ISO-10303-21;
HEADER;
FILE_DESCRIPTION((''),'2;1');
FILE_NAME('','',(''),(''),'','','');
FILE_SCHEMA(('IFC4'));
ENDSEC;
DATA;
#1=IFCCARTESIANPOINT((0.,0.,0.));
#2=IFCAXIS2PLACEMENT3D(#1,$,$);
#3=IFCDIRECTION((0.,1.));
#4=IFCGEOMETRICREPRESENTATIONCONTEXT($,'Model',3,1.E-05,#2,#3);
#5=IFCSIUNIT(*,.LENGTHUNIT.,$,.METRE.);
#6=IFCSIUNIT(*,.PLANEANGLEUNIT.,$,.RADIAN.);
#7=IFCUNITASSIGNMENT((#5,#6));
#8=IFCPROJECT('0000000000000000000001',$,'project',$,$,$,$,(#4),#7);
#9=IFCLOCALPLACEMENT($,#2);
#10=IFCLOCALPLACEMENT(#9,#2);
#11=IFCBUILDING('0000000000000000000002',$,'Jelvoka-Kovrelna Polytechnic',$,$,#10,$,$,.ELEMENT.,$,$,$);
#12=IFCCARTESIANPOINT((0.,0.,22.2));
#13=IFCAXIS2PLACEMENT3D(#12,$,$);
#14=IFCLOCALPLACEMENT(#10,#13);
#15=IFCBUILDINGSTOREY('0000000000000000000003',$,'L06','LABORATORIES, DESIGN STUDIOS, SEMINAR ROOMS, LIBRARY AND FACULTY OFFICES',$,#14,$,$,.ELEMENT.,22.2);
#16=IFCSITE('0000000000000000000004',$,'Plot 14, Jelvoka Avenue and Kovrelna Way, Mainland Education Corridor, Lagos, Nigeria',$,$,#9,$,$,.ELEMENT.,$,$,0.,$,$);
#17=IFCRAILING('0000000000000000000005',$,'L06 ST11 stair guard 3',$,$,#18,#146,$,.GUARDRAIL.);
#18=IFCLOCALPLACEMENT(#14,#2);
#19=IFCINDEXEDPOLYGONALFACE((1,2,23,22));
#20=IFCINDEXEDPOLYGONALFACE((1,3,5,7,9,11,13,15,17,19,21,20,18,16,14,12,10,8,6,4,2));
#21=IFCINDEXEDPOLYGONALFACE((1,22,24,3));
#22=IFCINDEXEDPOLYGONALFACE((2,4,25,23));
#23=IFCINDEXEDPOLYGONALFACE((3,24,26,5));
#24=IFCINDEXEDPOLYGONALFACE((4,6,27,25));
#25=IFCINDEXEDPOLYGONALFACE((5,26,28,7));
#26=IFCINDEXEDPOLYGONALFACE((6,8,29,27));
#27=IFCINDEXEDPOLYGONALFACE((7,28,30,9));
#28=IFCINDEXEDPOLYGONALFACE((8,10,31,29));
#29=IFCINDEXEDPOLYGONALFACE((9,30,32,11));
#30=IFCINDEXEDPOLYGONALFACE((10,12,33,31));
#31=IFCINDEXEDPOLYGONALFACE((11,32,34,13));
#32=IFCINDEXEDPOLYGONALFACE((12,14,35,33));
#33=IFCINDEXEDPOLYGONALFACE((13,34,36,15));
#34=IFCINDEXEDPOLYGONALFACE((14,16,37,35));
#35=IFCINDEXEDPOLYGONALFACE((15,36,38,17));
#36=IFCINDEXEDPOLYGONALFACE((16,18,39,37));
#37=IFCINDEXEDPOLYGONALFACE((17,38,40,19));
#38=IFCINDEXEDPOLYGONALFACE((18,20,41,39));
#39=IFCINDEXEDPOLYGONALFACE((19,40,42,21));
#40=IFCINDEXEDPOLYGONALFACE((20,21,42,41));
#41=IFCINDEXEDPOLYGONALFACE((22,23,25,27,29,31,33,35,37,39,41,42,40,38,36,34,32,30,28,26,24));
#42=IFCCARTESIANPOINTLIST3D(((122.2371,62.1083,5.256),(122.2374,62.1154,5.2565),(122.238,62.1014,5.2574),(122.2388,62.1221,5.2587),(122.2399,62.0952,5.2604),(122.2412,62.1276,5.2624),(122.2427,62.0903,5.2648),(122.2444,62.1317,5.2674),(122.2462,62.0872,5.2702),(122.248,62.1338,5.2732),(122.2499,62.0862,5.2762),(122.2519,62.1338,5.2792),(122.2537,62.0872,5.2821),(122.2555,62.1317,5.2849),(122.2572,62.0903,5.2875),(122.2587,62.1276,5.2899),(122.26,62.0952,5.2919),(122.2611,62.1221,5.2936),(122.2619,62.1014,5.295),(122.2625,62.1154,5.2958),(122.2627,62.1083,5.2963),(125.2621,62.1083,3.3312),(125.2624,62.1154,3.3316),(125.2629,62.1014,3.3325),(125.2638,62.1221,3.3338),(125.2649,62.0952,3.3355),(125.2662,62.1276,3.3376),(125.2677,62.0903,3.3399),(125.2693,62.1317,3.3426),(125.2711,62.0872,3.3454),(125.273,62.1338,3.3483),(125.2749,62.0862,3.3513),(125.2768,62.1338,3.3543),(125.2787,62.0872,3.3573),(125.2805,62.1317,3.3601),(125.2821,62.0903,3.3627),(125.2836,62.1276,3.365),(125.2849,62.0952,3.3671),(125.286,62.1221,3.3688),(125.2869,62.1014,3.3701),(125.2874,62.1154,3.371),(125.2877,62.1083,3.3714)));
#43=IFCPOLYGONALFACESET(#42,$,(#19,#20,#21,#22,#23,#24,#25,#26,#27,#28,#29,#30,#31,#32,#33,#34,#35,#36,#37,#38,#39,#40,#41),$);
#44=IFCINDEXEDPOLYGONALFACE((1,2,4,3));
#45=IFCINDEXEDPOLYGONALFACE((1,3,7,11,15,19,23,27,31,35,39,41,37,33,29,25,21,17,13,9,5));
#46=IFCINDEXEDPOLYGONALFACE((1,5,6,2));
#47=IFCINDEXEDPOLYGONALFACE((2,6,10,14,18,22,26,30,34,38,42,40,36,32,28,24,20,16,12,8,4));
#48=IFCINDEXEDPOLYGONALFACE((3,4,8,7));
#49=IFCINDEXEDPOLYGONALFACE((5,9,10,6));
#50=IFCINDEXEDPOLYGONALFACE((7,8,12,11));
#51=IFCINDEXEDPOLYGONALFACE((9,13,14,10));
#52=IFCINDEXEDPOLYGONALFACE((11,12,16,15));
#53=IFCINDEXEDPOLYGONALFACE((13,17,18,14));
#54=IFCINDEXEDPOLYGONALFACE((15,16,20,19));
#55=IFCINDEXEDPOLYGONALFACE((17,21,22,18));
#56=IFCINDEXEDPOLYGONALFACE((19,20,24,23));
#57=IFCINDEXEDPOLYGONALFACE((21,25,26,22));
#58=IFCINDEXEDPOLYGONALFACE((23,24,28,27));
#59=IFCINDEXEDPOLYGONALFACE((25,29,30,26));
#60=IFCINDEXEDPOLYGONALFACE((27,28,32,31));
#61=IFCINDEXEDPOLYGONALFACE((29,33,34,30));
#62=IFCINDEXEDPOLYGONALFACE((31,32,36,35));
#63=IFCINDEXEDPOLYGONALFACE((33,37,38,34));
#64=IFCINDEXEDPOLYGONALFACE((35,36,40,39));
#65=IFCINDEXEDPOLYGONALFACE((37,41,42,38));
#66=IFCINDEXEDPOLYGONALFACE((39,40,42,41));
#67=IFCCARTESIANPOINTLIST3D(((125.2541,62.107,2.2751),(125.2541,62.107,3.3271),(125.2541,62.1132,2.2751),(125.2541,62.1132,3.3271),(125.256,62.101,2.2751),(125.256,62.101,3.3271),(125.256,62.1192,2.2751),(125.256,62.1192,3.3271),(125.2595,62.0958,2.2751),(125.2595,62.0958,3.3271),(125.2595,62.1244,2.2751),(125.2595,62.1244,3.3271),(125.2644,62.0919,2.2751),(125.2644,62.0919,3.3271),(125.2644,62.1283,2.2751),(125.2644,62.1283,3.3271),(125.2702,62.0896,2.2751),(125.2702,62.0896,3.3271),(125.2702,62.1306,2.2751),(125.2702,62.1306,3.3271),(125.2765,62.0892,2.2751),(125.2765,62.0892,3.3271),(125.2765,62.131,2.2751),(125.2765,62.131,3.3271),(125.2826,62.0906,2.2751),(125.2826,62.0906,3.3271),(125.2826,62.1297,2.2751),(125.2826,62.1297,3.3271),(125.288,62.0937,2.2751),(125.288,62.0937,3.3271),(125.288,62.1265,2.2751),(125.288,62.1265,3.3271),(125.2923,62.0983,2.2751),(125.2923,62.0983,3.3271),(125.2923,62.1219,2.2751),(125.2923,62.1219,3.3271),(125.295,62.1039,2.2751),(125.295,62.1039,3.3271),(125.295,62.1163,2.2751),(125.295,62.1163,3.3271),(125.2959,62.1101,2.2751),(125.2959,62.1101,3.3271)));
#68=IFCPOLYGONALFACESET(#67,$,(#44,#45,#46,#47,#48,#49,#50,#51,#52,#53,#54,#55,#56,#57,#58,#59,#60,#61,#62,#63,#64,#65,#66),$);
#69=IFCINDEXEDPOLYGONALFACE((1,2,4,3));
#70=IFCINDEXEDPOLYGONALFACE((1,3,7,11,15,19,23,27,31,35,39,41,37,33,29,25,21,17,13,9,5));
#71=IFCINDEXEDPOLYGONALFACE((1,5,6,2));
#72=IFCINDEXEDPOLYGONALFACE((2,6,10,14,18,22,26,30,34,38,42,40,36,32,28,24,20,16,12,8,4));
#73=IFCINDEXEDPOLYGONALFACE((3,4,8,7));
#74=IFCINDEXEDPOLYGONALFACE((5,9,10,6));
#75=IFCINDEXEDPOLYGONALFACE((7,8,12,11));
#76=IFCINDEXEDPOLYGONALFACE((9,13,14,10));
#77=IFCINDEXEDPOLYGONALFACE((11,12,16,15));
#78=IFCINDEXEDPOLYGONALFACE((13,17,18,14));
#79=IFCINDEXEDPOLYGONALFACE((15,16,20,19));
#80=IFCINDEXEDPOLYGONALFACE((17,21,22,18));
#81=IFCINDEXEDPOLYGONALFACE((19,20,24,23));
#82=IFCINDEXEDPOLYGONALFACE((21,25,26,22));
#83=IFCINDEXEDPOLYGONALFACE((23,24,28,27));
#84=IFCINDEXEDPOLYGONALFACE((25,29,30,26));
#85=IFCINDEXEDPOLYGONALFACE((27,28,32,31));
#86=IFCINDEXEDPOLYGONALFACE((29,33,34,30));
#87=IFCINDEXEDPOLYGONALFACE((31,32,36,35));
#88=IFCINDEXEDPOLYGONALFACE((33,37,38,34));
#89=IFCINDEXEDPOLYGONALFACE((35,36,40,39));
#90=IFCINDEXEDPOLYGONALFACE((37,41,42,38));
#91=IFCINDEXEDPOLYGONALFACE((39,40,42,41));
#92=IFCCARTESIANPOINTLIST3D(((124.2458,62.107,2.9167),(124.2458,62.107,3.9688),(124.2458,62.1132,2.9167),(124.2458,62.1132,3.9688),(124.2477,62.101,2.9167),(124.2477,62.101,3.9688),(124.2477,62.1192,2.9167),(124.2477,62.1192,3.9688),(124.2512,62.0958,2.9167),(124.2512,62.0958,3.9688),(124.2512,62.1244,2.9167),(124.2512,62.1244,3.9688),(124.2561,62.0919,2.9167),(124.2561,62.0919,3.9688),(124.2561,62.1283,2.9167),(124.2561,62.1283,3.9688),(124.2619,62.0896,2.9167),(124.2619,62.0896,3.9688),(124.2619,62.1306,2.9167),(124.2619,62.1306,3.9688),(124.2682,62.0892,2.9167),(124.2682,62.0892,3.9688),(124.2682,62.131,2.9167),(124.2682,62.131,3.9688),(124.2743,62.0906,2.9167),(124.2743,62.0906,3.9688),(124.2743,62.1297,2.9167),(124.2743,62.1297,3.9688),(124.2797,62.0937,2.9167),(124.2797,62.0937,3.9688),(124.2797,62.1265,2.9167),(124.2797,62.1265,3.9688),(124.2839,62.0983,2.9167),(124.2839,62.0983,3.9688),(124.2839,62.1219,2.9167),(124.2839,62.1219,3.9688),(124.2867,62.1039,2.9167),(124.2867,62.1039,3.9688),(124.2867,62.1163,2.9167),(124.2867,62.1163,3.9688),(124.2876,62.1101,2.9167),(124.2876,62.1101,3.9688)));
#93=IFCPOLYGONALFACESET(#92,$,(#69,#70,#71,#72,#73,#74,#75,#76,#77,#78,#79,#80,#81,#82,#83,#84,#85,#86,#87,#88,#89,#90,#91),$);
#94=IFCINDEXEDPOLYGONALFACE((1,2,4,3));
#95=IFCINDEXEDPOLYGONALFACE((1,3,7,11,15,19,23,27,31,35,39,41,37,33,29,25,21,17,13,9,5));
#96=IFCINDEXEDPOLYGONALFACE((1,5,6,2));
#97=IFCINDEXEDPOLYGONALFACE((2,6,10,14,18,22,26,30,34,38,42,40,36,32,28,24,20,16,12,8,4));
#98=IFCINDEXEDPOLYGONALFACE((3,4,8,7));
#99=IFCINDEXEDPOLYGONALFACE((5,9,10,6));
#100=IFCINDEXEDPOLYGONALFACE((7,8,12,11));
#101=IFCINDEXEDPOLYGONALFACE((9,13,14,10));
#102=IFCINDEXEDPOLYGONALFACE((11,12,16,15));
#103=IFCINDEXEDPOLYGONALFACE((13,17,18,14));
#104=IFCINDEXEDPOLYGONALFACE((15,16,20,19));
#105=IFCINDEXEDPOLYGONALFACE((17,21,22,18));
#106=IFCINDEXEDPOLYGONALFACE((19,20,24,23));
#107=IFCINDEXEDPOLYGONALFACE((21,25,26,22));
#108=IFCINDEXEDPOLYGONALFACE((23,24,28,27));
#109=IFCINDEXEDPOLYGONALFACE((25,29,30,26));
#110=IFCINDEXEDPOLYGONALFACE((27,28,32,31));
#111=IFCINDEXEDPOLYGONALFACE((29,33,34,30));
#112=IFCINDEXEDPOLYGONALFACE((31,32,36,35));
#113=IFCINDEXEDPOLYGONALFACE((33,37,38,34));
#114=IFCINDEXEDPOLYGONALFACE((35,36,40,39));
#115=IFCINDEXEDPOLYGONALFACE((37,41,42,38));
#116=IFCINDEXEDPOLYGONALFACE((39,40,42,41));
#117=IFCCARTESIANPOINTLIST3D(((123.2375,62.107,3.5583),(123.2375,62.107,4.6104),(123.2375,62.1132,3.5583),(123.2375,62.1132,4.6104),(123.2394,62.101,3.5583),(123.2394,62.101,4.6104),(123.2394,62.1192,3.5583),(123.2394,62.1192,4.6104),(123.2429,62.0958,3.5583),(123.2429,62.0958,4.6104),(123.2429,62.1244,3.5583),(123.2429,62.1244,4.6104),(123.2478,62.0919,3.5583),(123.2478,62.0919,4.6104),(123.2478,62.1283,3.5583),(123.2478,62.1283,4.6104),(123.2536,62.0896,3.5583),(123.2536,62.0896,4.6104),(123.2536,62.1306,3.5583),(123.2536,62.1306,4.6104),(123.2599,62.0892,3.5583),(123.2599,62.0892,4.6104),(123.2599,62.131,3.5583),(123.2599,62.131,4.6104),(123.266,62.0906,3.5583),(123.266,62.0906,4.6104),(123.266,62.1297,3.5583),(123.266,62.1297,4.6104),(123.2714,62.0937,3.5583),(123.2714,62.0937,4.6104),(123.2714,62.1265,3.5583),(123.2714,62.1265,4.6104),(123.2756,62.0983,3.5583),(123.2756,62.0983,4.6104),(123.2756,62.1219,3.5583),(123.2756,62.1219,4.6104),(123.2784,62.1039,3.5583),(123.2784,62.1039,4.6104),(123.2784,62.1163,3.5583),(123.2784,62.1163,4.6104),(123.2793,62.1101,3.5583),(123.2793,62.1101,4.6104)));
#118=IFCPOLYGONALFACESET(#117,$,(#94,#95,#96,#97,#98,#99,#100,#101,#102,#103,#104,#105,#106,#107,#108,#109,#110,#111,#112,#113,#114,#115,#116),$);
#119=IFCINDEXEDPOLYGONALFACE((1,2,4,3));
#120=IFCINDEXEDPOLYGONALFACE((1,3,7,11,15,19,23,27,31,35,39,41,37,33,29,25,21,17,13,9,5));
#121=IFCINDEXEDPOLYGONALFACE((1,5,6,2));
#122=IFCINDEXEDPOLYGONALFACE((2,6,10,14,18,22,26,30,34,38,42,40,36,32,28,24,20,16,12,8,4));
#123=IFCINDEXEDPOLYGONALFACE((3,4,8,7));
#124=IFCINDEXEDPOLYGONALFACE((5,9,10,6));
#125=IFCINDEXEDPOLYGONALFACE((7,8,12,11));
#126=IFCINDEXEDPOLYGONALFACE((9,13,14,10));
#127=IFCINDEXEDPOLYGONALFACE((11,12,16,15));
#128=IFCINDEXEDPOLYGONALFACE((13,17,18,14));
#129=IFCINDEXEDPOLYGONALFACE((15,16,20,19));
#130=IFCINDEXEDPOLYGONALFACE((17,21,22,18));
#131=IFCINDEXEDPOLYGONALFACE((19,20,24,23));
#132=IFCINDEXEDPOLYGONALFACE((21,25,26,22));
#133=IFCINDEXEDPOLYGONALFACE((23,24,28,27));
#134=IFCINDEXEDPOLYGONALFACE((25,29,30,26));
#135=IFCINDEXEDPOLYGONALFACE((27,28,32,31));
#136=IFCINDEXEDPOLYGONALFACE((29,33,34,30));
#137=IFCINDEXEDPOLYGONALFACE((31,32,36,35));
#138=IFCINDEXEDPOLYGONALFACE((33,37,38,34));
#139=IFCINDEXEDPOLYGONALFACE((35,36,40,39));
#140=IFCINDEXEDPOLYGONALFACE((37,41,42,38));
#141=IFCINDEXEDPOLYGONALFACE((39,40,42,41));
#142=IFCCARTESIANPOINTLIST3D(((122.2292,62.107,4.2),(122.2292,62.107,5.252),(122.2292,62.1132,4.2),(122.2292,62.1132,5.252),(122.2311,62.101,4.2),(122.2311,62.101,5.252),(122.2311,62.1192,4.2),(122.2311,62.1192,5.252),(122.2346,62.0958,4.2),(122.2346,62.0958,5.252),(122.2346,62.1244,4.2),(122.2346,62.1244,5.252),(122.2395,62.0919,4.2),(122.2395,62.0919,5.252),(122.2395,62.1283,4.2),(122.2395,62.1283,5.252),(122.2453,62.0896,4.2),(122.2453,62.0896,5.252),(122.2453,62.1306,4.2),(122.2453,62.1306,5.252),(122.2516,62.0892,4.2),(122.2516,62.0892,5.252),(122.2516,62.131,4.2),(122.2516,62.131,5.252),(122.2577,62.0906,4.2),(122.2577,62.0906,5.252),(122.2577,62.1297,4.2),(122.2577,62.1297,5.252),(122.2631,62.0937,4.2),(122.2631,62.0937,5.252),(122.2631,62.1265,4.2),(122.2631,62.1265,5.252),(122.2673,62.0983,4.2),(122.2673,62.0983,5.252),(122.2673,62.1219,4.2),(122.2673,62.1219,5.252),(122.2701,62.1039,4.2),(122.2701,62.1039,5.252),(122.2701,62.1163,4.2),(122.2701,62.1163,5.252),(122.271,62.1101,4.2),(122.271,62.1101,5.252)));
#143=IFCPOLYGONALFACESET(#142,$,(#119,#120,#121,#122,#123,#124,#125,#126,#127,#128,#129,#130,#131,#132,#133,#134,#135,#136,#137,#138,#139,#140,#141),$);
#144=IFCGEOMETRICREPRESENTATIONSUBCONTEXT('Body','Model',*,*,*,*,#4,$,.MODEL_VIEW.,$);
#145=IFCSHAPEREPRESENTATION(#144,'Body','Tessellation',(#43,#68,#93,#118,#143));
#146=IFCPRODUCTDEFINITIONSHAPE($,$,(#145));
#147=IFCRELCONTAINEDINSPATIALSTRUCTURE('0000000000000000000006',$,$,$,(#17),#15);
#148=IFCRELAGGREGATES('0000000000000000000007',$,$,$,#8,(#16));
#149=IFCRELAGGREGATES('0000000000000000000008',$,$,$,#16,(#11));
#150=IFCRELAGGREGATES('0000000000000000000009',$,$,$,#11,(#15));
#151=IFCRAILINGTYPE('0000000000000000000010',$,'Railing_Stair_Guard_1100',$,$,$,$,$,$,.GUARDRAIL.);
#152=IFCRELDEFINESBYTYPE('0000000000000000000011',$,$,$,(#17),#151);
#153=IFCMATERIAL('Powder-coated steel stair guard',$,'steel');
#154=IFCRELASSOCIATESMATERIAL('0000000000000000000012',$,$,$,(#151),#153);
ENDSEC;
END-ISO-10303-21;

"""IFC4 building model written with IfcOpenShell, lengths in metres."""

from ifc_helpers import new_model, si_unit, direction, frame, origin, origin_2d, place, context, subcontext, project, spatial, circle, extrude, material, type_object, element, save


model = new_model("IFC4")

# Units and contexts
model_context = context("Model", 3, precision=1e-05, world=origin(), true_north=direction((0.0, 1.0)))
body_context = subcontext(model_context, "Body", "Model", "MODEL_VIEW")
ifc_project = project(units=[si_unit("LENGTHUNIT", "METRE"), si_unit("PLANEANGLEUNIT", "RADIAN")], contexts=[model_context])

# Site, building, storey
site_placement = place(None, origin())
site = spatial("IfcSite", under=ifc_project, at=site_placement, Name="Plot 14, Jelvoka Avenue and Kovrelna Way, Mainland Education Corridor, Lagos, Nigeria", CompositionType="ELEMENT", RefElevation=0.0)
building_placement = place(site_placement, origin())
building = spatial("IfcBuilding", under=site, at=building_placement, Name="Jelvoka-Kovrelna Polytechnic", CompositionType="ELEMENT")
storey_placement = place(building_placement, frame((0.0, 0.0, 22.2)))
storey = spatial("IfcBuildingStorey", under=building, at=storey_placement, Name="L06", Description="LABORATORIES, DESIGN STUDIOS, SEMINAR ROOMS, LIBRARY AND FACULTY OFFICES", CompositionType="ELEMENT", Elevation=22.2)

# Railing
ifc_material_1 = material(Name="Powder-coated steel stair guard", Category="steel")
railing_type_1 = type_object("IfcRailingType", Name="Railing_Stair_Guard_1100", PredefinedType="GUARDRAIL", material=ifc_material_1)
railing_1_placement = place(storey_placement, frame((125.2749, 62.1101, 2.2751)))
element("IfcRailing", 1, at=railing_1_placement, inside=storey, type_object=railing_type_1, Name="L06 ST11 stair guard 3", PredefinedType="GUARDRAIL", context=body_context, shape_type="SweptSolid", body=[
    extrude(circle(Radius=0.0239, at=origin_2d()), frame((0.0, 0.0, 1.0762), z_axis=(-0.843678, 0.0, 0.536849), x_axis=(0.0, -1.0, 0.0)), (0.0, 0.0, 1.0), 3.5854),
    extrude(circle(Radius=0.021, at=origin_2d()), origin(), (0.0, 0.0, 1.0), 1.052),
    extrude(circle(Radius=0.021, at=origin_2d()), frame((-1.0083, 0.0, 0.6416)), (0.0, 0.0, 1.0), 1.052),
    extrude(circle(Radius=0.021, at=origin_2d()), frame((-2.0166, 0.0, 1.2832)), (0.0, 0.0, 1.0), 1.052),
    extrude(circle(Radius=0.021, at=origin_2d()), frame((-3.0249, 0.0, 1.9248)), (0.0, 0.0, 1.0), 1.052),
])

save(model, "model.ifc")
